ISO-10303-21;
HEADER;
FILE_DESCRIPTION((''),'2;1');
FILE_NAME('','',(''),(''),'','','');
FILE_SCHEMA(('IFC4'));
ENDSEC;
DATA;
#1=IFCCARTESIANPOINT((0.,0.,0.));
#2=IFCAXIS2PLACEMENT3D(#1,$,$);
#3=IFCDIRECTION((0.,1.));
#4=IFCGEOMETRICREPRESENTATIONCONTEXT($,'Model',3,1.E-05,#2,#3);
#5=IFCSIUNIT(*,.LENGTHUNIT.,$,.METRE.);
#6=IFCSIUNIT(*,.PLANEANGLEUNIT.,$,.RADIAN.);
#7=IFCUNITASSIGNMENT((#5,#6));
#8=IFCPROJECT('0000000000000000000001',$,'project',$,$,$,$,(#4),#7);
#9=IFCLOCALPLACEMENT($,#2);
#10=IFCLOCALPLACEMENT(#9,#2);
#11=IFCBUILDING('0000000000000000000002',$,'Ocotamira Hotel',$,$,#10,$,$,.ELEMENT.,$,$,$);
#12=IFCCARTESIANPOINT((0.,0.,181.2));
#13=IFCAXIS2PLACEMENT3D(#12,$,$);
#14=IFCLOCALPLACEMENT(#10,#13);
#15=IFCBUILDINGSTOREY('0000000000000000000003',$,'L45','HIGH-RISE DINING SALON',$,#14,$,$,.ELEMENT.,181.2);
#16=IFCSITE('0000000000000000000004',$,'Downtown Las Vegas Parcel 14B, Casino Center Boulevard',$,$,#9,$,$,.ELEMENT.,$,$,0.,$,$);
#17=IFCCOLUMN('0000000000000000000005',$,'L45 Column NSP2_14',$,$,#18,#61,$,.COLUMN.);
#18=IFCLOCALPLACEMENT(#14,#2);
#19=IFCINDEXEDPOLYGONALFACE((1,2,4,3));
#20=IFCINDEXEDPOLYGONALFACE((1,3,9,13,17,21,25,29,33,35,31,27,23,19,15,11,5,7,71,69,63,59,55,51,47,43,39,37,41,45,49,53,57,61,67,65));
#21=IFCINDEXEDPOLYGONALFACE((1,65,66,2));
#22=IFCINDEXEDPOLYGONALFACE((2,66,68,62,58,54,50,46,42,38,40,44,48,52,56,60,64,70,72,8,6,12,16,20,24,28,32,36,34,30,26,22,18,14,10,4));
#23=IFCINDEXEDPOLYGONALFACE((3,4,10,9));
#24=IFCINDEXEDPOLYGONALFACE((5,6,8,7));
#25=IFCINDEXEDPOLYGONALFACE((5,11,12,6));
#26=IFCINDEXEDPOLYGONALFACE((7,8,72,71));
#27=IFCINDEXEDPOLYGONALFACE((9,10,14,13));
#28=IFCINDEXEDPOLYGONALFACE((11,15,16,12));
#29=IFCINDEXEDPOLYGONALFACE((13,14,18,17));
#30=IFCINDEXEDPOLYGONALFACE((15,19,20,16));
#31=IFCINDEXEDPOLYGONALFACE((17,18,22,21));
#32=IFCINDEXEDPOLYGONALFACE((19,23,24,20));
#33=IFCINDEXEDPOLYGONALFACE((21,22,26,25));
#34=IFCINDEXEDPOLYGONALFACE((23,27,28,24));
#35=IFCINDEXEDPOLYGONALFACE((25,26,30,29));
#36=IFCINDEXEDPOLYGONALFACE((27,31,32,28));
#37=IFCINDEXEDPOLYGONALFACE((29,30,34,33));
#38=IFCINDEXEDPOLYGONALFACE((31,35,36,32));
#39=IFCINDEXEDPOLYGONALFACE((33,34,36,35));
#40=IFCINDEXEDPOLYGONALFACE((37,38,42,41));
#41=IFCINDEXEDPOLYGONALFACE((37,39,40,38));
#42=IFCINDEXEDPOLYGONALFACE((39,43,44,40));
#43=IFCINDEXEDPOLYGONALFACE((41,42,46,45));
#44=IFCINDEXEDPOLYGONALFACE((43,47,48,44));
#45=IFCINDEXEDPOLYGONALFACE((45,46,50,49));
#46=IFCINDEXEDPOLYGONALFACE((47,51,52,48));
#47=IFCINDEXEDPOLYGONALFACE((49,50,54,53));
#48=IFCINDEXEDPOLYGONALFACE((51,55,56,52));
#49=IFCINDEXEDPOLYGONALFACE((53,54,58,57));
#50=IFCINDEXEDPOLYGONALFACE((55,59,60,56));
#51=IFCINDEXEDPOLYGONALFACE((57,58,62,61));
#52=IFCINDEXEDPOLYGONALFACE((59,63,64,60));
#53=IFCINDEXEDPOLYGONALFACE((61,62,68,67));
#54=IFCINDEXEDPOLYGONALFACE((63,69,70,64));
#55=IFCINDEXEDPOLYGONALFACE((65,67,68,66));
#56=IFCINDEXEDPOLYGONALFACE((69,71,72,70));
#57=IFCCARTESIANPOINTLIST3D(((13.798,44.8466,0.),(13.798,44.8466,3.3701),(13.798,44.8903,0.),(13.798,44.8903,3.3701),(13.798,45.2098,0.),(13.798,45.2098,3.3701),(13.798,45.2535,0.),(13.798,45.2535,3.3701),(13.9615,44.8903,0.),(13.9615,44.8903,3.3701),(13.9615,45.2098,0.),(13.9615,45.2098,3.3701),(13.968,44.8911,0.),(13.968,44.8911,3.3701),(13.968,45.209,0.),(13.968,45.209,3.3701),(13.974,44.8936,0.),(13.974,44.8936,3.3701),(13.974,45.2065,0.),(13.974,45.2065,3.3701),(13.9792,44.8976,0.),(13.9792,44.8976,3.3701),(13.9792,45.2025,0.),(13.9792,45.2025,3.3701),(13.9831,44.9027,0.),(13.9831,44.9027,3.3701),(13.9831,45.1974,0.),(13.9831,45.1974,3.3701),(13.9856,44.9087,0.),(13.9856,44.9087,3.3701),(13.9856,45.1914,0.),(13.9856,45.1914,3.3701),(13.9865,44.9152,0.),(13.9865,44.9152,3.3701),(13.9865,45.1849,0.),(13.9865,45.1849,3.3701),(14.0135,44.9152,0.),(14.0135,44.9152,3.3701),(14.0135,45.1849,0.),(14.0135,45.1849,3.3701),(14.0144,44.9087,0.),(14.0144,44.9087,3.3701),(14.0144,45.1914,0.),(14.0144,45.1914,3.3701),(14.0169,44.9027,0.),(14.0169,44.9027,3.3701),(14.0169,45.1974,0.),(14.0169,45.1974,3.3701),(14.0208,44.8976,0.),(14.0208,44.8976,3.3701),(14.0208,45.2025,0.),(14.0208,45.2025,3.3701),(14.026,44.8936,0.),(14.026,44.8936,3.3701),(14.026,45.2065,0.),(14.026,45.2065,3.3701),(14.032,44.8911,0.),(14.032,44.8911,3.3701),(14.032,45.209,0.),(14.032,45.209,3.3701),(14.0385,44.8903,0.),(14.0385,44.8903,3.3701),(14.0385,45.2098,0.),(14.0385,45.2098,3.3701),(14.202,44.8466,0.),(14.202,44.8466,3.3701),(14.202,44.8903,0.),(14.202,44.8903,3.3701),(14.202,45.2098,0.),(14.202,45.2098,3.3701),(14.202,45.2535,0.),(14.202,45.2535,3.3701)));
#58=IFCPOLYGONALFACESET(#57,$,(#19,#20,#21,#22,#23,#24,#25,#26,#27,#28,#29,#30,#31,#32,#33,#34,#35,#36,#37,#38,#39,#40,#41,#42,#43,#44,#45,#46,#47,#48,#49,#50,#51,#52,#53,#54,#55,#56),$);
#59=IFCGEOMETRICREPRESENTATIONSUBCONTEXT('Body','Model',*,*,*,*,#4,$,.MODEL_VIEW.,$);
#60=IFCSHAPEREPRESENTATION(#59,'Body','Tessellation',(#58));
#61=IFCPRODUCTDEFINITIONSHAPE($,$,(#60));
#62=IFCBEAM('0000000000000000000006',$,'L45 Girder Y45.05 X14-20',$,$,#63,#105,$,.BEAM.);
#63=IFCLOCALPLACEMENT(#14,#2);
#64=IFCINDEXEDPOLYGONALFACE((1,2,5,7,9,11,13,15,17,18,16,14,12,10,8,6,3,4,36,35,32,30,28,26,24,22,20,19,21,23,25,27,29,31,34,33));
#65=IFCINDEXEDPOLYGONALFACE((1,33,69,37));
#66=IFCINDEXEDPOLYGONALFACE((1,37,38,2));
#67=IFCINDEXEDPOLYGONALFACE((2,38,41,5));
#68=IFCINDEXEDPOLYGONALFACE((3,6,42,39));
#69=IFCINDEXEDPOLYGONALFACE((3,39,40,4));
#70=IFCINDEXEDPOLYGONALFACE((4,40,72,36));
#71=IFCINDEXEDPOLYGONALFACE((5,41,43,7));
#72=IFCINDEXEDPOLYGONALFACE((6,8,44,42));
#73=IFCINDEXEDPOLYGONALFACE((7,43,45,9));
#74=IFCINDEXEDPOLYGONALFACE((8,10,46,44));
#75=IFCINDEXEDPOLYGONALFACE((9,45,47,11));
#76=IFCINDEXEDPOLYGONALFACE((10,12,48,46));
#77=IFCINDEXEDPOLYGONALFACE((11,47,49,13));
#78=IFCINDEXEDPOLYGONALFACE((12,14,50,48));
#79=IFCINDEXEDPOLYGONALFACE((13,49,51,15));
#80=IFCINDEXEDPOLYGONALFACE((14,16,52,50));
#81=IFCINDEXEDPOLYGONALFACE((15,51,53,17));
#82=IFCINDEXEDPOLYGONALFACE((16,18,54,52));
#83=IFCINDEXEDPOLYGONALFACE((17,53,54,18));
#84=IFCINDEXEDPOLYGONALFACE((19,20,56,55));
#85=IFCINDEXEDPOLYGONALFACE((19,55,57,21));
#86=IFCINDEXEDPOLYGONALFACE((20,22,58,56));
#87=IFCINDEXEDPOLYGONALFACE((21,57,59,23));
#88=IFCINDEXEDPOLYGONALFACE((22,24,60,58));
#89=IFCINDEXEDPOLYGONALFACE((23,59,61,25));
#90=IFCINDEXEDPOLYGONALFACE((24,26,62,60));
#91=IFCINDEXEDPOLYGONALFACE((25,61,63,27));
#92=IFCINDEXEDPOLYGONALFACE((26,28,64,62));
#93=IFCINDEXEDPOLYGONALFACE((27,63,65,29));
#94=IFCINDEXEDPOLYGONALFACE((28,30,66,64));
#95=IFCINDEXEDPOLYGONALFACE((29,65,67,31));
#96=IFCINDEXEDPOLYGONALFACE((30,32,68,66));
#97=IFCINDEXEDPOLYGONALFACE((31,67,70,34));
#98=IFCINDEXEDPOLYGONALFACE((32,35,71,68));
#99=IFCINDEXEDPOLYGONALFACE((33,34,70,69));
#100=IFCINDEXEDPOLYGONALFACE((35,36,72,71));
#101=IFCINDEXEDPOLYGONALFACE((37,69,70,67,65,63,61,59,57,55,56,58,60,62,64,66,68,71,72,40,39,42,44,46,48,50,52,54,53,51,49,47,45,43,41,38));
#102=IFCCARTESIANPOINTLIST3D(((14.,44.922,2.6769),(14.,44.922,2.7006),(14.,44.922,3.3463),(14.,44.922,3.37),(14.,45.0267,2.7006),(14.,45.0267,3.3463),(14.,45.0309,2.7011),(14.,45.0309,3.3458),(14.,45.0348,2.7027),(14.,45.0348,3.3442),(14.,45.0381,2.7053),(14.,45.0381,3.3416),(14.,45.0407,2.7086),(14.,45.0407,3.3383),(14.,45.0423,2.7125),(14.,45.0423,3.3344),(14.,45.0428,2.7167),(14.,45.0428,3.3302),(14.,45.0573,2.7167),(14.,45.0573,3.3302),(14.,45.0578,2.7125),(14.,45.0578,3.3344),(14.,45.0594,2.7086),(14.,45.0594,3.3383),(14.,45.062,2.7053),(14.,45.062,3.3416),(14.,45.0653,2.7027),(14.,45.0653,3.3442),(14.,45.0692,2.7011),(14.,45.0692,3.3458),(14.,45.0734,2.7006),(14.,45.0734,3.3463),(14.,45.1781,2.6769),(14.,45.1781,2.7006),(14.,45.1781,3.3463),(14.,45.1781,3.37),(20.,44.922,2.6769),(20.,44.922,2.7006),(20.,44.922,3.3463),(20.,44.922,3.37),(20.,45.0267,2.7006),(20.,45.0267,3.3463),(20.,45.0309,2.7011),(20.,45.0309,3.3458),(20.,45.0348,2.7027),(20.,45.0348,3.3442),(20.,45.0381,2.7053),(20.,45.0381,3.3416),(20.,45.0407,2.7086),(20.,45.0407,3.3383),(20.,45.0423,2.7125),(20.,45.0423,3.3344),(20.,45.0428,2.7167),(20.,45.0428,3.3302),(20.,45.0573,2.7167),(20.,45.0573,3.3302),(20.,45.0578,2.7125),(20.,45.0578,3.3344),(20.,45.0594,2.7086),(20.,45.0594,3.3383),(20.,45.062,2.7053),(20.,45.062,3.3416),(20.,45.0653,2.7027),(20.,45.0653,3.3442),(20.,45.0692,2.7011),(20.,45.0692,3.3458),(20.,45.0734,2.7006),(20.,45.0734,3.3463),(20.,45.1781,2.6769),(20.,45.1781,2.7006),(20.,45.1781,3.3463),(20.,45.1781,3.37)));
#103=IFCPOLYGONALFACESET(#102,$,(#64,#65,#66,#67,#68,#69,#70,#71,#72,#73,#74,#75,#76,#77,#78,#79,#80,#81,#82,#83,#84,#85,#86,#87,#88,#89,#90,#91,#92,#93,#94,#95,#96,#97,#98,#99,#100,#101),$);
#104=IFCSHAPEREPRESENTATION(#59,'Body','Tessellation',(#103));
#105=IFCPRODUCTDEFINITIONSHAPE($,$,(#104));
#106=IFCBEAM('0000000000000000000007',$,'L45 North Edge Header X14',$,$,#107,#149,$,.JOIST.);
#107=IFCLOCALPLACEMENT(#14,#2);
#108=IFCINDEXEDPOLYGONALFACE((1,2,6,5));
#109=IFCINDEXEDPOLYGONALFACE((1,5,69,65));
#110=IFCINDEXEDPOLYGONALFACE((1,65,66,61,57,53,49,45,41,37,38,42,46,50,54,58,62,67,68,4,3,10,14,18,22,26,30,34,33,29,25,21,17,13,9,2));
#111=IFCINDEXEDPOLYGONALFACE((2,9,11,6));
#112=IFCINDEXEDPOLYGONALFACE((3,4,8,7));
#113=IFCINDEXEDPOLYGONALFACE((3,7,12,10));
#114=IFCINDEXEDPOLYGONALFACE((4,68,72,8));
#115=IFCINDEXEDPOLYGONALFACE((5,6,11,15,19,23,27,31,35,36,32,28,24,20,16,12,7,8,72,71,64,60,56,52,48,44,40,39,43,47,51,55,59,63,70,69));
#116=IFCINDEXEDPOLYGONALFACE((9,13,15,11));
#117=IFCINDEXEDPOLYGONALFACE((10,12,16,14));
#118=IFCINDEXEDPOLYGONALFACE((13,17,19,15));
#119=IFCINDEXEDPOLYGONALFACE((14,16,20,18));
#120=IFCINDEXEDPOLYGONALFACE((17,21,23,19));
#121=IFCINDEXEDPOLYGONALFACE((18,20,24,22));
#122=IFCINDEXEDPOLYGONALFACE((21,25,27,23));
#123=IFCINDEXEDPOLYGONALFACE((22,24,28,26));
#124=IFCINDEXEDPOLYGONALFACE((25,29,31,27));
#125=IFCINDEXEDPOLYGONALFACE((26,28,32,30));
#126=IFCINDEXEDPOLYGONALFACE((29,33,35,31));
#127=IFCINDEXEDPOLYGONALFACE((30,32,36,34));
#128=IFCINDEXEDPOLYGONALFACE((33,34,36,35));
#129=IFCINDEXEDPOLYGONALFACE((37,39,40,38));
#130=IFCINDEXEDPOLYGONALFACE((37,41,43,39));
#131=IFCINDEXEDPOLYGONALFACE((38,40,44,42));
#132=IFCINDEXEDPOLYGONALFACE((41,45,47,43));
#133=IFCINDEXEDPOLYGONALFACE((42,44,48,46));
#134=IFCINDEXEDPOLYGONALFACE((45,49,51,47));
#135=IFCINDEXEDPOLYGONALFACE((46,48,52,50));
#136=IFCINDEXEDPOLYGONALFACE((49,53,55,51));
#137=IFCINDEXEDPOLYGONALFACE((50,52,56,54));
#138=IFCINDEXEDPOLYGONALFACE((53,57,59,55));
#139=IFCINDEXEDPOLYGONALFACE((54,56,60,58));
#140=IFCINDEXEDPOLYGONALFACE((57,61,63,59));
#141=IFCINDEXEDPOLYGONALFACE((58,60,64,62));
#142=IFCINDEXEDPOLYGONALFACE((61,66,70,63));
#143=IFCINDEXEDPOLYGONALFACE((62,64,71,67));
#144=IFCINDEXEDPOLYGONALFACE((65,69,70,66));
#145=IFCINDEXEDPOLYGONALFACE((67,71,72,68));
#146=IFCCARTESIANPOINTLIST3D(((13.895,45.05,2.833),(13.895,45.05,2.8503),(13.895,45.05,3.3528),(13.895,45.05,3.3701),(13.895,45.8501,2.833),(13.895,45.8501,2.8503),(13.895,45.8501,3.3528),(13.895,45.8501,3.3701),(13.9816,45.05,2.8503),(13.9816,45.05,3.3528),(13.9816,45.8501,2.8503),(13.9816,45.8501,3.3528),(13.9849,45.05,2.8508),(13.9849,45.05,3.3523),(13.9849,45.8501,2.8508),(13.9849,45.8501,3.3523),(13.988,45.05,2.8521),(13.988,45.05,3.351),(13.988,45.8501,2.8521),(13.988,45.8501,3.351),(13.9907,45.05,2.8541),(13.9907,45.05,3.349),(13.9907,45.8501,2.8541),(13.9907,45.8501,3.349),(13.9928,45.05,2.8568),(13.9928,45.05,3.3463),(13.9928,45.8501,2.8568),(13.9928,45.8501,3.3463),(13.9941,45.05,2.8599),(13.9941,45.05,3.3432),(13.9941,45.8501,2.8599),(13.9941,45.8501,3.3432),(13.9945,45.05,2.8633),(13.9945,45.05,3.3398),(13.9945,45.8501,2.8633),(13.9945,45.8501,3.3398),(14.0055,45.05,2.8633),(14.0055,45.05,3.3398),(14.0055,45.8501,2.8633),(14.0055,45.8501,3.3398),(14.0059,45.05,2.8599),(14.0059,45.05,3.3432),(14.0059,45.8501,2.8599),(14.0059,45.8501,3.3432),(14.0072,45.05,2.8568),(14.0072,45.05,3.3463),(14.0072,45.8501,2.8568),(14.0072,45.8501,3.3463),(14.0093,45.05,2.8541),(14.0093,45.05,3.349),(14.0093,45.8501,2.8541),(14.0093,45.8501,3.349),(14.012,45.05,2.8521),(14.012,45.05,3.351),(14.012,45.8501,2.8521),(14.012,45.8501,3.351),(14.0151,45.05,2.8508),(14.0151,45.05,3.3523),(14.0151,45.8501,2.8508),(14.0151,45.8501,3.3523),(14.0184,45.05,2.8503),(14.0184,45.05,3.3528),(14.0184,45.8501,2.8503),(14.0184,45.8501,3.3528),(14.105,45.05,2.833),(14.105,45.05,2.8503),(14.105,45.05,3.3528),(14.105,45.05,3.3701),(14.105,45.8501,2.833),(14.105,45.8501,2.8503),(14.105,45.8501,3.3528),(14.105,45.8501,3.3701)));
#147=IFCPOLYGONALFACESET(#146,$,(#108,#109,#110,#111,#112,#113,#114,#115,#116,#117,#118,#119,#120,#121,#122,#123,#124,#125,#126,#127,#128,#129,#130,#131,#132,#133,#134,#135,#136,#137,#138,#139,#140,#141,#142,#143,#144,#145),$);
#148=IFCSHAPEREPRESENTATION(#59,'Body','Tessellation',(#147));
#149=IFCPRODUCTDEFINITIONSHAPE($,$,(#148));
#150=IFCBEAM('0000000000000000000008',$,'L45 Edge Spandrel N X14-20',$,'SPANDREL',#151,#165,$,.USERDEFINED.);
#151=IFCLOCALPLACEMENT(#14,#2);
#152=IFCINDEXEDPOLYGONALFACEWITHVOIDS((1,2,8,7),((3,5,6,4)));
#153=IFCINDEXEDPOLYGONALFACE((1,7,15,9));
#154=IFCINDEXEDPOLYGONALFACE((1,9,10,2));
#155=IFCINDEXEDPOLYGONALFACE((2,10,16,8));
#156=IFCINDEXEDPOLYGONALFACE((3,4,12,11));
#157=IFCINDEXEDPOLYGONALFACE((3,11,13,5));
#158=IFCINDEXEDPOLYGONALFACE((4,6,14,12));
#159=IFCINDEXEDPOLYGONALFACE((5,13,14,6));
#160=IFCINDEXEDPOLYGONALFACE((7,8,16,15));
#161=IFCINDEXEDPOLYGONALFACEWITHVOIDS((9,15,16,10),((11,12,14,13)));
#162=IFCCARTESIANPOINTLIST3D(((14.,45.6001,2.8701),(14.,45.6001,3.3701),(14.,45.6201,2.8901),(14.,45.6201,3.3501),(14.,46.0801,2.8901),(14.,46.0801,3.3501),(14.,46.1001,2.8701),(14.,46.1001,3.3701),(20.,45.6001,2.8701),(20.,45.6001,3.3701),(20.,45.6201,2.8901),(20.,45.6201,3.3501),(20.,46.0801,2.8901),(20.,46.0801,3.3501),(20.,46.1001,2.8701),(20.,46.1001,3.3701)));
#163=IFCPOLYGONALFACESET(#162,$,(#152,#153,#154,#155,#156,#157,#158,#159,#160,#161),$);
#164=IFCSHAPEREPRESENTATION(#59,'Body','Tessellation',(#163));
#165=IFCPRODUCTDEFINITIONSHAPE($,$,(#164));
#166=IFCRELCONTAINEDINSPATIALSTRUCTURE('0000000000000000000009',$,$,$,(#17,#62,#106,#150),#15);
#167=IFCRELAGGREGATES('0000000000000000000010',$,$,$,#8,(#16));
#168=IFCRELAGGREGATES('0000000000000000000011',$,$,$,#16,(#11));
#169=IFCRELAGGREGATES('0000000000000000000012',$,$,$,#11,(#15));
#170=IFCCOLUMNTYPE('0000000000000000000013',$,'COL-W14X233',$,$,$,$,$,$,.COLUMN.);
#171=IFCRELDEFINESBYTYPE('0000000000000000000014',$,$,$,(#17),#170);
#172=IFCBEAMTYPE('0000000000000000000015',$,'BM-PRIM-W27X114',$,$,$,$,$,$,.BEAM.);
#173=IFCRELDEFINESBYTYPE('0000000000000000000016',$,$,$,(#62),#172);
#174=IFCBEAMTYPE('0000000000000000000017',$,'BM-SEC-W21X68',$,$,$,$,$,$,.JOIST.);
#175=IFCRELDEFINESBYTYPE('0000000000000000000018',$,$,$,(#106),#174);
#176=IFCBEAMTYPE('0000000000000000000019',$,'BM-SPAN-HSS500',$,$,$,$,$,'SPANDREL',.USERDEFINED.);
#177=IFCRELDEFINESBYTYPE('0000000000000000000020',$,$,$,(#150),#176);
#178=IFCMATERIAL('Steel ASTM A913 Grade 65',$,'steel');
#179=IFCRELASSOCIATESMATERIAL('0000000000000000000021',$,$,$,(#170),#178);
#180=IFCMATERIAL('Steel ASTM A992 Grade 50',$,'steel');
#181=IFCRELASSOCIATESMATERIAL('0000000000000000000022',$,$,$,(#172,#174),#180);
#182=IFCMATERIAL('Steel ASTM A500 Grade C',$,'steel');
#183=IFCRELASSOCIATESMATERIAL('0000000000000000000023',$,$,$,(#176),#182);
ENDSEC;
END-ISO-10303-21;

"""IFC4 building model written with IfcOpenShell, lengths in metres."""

from ifc_helpers import new_model, si_unit, direction, frame, origin, origin_2d, place, context, subcontext, project, spatial, hollow_rectangle, i_section, extrude, source, transform, mapped, material, material_profile, profile_set, type_object, element, save


model = new_model("IFC4")

# Units and contexts
model_context = context("Model", 3, precision=1e-05, world=origin(), true_north=direction((0.0, 1.0)))
body_context = subcontext(model_context, "Body", "Model", "MODEL_VIEW")
ifc_project = project(units=[si_unit("LENGTHUNIT", "METRE"), si_unit("PLANEANGLEUNIT", "RADIAN")], contexts=[model_context])

# Site, building, storey
site_placement = place(None, origin())
site = spatial("IfcSite", under=ifc_project, at=site_placement, Name="Downtown Las Vegas Parcel 14B, Casino Center Boulevard", CompositionType="ELEMENT", RefElevation=0.0)
building_placement = place(site_placement, origin())
building = spatial("IfcBuilding", under=site, at=building_placement, Name="Ocotamira Hotel", CompositionType="ELEMENT")
storey_placement = place(building_placement, frame((0.0, 0.0, 181.2)))
storey = spatial("IfcBuildingStorey", under=building, at=storey_placement, Name="L45", Description="HIGH-RISE DINING SALON", CompositionType="ELEMENT", Elevation=181.2)

# Column
ifc_material_1 = material(Name="Steel ASTM A913 Grade 65", Category="steel")
ifc_material_profile_1 = material_profile(ifc_material_1, i_section(OverallWidth=0.4041, OverallDepth=0.407, WebThickness=0.0271, FlangeThickness=0.0437, FilletRadius=0.0249, at=origin_2d()), Name="W14X233")
ifc_profile_set_1 = profile_set([ifc_material_profile_1], Name="Steel ASTM A913 Grade 65")
column_type = type_object("IfcColumnType", Name="COL-W14X233", PredefinedType="COLUMN", material=ifc_profile_set_1)
shared_shape_1 = source(origin(), body_context, "Body", "SweptSolid", [
    extrude(i_section(OverallWidth=0.4041, OverallDepth=0.407, WebThickness=0.0271, FlangeThickness=0.0437, FilletRadius=0.0249, at=origin_2d()), origin(), (0.0, 0.0, 1.0), 3.3701),
])
column_placement = place(storey_placement, frame((14.0, 45.05, 0.0), z_axis=(0.0, 0.0, 1.0), x_axis=(1.0, 0.0, 0.0)))
element("IfcColumn", 1, at=column_placement, inside=storey, type_object=column_type, Name="L45 Column NSP2_14", PredefinedType="COLUMN", context=body_context, shape_type="MappedRepresentation", body=[
    mapped(shared_shape_1, transform((0.0, 0.0, 0.0), scale=1.0)),
])

# Beams
ifc_material_2 = material(Name="Steel ASTM A992 Grade 50", Category="steel")
ifc_material_profile_2 = material_profile(ifc_material_2, i_section(OverallWidth=0.2561, OverallDepth=0.6931, WebThickness=0.0144, FlangeThickness=0.0237, FilletRadius=0.0161, at=origin_2d()), Name="W27X114")
ifc_profile_set_2 = profile_set([ifc_material_profile_2], Name="Steel ASTM A992 Grade 50")
beam_type_1 = type_object("IfcBeamType", Name="BM-PRIM-W27X114", PredefinedType="BEAM", material=ifc_profile_set_2)
shared_shape_2 = source(origin(), body_context, "Body", "SweptSolid", [
    extrude(i_section(OverallWidth=0.2561, OverallDepth=0.6931, WebThickness=0.0144, FlangeThickness=0.0237, FilletRadius=0.0161, at=origin_2d()), origin(), (0.0, 0.0, 1.0), 6.0),
])
beam_1_placement = place(storey_placement, frame((14.0, 45.05, 3.0234), z_axis=(1.0, 0.0, 0.0), x_axis=(0.0, 1.0, 0.0)))
element("IfcBeam", 2, at=beam_1_placement, inside=storey, type_object=beam_type_1, Name="L45 Girder Y45.05 X14-20", PredefinedType="BEAM", context=body_context, shape_type="MappedRepresentation", body=[
    mapped(shared_shape_2, transform((0.0, 0.0, 0.0), scale=1.0)),
])
ifc_material_profile_3 = material_profile(ifc_material_2, i_section(OverallWidth=0.21, OverallDepth=0.5371, WebThickness=0.011, FlangeThickness=0.0173, FilletRadius=0.0129, at=origin_2d()), Name="W21X68")
ifc_profile_set_3 = profile_set([ifc_material_profile_3], Name="Steel ASTM A992 Grade 50")
beam_type_2 = type_object("IfcBeamType", Name="BM-SEC-W21X68", PredefinedType="JOIST", material=ifc_profile_set_3)
shared_shape_3 = source(origin(), body_context, "Body", "SweptSolid", [
    extrude(i_section(OverallWidth=0.21, OverallDepth=0.5371, WebThickness=0.011, FlangeThickness=0.0173, FilletRadius=0.0129, at=origin_2d()), origin(), (0.0, 0.0, 1.0), 0.8),
])
beam_2_placement = place(storey_placement, frame((14.0, 45.05, 3.1016), z_axis=(0.0, 1.0, 0.0), x_axis=(-1.0, 0.0, 0.0)))
element("IfcBeam", 3, at=beam_2_placement, inside=storey, type_object=beam_type_2, Name="L45 North Edge Header X14", PredefinedType="JOIST", context=body_context, shape_type="MappedRepresentation", body=[
    mapped(shared_shape_3, transform((0.0, 0.0, 0.0), scale=1.0)),
])
ifc_material_3 = material(Name="Steel ASTM A500 Grade C", Category="steel")
ifc_material_profile_4 = material_profile(ifc_material_3, hollow_rectangle(XDim=0.5, YDim=0.5, WallThickness=0.02, at=origin_2d()), Name="HSS500X500X20")
ifc_profile_set_4 = profile_set([ifc_material_profile_4], Name="Steel ASTM A500 Grade C")
beam_type_3 = type_object("IfcBeamType", Name="BM-SPAN-HSS500", ElementType="SPANDREL", PredefinedType="USERDEFINED", material=ifc_profile_set_4)
shared_shape_4 = source(origin(), body_context, "Body", "SweptSolid", [
    extrude(hollow_rectangle(XDim=0.5, YDim=0.5, WallThickness=0.02, at=origin_2d()), origin(), (0.0, 0.0, 1.0), 6.0),
])
beam_3_placement = place(storey_placement, frame((14.0, 45.8501, 3.1201), z_axis=(1.0, 0.0, 0.0), x_axis=(0.0, 1.0, 0.0)))
element("IfcBeam", 4, at=beam_3_placement, inside=storey, type_object=beam_type_3, Name="L45 Edge Spandrel N X14-20", ObjectType="SPANDREL", PredefinedType="USERDEFINED", context=body_context, shape_type="MappedRepresentation", body=[
    mapped(shared_shape_4, transform((0.0, 0.0, 0.0), scale=1.0)),
])

save(model, "model.ifc")
